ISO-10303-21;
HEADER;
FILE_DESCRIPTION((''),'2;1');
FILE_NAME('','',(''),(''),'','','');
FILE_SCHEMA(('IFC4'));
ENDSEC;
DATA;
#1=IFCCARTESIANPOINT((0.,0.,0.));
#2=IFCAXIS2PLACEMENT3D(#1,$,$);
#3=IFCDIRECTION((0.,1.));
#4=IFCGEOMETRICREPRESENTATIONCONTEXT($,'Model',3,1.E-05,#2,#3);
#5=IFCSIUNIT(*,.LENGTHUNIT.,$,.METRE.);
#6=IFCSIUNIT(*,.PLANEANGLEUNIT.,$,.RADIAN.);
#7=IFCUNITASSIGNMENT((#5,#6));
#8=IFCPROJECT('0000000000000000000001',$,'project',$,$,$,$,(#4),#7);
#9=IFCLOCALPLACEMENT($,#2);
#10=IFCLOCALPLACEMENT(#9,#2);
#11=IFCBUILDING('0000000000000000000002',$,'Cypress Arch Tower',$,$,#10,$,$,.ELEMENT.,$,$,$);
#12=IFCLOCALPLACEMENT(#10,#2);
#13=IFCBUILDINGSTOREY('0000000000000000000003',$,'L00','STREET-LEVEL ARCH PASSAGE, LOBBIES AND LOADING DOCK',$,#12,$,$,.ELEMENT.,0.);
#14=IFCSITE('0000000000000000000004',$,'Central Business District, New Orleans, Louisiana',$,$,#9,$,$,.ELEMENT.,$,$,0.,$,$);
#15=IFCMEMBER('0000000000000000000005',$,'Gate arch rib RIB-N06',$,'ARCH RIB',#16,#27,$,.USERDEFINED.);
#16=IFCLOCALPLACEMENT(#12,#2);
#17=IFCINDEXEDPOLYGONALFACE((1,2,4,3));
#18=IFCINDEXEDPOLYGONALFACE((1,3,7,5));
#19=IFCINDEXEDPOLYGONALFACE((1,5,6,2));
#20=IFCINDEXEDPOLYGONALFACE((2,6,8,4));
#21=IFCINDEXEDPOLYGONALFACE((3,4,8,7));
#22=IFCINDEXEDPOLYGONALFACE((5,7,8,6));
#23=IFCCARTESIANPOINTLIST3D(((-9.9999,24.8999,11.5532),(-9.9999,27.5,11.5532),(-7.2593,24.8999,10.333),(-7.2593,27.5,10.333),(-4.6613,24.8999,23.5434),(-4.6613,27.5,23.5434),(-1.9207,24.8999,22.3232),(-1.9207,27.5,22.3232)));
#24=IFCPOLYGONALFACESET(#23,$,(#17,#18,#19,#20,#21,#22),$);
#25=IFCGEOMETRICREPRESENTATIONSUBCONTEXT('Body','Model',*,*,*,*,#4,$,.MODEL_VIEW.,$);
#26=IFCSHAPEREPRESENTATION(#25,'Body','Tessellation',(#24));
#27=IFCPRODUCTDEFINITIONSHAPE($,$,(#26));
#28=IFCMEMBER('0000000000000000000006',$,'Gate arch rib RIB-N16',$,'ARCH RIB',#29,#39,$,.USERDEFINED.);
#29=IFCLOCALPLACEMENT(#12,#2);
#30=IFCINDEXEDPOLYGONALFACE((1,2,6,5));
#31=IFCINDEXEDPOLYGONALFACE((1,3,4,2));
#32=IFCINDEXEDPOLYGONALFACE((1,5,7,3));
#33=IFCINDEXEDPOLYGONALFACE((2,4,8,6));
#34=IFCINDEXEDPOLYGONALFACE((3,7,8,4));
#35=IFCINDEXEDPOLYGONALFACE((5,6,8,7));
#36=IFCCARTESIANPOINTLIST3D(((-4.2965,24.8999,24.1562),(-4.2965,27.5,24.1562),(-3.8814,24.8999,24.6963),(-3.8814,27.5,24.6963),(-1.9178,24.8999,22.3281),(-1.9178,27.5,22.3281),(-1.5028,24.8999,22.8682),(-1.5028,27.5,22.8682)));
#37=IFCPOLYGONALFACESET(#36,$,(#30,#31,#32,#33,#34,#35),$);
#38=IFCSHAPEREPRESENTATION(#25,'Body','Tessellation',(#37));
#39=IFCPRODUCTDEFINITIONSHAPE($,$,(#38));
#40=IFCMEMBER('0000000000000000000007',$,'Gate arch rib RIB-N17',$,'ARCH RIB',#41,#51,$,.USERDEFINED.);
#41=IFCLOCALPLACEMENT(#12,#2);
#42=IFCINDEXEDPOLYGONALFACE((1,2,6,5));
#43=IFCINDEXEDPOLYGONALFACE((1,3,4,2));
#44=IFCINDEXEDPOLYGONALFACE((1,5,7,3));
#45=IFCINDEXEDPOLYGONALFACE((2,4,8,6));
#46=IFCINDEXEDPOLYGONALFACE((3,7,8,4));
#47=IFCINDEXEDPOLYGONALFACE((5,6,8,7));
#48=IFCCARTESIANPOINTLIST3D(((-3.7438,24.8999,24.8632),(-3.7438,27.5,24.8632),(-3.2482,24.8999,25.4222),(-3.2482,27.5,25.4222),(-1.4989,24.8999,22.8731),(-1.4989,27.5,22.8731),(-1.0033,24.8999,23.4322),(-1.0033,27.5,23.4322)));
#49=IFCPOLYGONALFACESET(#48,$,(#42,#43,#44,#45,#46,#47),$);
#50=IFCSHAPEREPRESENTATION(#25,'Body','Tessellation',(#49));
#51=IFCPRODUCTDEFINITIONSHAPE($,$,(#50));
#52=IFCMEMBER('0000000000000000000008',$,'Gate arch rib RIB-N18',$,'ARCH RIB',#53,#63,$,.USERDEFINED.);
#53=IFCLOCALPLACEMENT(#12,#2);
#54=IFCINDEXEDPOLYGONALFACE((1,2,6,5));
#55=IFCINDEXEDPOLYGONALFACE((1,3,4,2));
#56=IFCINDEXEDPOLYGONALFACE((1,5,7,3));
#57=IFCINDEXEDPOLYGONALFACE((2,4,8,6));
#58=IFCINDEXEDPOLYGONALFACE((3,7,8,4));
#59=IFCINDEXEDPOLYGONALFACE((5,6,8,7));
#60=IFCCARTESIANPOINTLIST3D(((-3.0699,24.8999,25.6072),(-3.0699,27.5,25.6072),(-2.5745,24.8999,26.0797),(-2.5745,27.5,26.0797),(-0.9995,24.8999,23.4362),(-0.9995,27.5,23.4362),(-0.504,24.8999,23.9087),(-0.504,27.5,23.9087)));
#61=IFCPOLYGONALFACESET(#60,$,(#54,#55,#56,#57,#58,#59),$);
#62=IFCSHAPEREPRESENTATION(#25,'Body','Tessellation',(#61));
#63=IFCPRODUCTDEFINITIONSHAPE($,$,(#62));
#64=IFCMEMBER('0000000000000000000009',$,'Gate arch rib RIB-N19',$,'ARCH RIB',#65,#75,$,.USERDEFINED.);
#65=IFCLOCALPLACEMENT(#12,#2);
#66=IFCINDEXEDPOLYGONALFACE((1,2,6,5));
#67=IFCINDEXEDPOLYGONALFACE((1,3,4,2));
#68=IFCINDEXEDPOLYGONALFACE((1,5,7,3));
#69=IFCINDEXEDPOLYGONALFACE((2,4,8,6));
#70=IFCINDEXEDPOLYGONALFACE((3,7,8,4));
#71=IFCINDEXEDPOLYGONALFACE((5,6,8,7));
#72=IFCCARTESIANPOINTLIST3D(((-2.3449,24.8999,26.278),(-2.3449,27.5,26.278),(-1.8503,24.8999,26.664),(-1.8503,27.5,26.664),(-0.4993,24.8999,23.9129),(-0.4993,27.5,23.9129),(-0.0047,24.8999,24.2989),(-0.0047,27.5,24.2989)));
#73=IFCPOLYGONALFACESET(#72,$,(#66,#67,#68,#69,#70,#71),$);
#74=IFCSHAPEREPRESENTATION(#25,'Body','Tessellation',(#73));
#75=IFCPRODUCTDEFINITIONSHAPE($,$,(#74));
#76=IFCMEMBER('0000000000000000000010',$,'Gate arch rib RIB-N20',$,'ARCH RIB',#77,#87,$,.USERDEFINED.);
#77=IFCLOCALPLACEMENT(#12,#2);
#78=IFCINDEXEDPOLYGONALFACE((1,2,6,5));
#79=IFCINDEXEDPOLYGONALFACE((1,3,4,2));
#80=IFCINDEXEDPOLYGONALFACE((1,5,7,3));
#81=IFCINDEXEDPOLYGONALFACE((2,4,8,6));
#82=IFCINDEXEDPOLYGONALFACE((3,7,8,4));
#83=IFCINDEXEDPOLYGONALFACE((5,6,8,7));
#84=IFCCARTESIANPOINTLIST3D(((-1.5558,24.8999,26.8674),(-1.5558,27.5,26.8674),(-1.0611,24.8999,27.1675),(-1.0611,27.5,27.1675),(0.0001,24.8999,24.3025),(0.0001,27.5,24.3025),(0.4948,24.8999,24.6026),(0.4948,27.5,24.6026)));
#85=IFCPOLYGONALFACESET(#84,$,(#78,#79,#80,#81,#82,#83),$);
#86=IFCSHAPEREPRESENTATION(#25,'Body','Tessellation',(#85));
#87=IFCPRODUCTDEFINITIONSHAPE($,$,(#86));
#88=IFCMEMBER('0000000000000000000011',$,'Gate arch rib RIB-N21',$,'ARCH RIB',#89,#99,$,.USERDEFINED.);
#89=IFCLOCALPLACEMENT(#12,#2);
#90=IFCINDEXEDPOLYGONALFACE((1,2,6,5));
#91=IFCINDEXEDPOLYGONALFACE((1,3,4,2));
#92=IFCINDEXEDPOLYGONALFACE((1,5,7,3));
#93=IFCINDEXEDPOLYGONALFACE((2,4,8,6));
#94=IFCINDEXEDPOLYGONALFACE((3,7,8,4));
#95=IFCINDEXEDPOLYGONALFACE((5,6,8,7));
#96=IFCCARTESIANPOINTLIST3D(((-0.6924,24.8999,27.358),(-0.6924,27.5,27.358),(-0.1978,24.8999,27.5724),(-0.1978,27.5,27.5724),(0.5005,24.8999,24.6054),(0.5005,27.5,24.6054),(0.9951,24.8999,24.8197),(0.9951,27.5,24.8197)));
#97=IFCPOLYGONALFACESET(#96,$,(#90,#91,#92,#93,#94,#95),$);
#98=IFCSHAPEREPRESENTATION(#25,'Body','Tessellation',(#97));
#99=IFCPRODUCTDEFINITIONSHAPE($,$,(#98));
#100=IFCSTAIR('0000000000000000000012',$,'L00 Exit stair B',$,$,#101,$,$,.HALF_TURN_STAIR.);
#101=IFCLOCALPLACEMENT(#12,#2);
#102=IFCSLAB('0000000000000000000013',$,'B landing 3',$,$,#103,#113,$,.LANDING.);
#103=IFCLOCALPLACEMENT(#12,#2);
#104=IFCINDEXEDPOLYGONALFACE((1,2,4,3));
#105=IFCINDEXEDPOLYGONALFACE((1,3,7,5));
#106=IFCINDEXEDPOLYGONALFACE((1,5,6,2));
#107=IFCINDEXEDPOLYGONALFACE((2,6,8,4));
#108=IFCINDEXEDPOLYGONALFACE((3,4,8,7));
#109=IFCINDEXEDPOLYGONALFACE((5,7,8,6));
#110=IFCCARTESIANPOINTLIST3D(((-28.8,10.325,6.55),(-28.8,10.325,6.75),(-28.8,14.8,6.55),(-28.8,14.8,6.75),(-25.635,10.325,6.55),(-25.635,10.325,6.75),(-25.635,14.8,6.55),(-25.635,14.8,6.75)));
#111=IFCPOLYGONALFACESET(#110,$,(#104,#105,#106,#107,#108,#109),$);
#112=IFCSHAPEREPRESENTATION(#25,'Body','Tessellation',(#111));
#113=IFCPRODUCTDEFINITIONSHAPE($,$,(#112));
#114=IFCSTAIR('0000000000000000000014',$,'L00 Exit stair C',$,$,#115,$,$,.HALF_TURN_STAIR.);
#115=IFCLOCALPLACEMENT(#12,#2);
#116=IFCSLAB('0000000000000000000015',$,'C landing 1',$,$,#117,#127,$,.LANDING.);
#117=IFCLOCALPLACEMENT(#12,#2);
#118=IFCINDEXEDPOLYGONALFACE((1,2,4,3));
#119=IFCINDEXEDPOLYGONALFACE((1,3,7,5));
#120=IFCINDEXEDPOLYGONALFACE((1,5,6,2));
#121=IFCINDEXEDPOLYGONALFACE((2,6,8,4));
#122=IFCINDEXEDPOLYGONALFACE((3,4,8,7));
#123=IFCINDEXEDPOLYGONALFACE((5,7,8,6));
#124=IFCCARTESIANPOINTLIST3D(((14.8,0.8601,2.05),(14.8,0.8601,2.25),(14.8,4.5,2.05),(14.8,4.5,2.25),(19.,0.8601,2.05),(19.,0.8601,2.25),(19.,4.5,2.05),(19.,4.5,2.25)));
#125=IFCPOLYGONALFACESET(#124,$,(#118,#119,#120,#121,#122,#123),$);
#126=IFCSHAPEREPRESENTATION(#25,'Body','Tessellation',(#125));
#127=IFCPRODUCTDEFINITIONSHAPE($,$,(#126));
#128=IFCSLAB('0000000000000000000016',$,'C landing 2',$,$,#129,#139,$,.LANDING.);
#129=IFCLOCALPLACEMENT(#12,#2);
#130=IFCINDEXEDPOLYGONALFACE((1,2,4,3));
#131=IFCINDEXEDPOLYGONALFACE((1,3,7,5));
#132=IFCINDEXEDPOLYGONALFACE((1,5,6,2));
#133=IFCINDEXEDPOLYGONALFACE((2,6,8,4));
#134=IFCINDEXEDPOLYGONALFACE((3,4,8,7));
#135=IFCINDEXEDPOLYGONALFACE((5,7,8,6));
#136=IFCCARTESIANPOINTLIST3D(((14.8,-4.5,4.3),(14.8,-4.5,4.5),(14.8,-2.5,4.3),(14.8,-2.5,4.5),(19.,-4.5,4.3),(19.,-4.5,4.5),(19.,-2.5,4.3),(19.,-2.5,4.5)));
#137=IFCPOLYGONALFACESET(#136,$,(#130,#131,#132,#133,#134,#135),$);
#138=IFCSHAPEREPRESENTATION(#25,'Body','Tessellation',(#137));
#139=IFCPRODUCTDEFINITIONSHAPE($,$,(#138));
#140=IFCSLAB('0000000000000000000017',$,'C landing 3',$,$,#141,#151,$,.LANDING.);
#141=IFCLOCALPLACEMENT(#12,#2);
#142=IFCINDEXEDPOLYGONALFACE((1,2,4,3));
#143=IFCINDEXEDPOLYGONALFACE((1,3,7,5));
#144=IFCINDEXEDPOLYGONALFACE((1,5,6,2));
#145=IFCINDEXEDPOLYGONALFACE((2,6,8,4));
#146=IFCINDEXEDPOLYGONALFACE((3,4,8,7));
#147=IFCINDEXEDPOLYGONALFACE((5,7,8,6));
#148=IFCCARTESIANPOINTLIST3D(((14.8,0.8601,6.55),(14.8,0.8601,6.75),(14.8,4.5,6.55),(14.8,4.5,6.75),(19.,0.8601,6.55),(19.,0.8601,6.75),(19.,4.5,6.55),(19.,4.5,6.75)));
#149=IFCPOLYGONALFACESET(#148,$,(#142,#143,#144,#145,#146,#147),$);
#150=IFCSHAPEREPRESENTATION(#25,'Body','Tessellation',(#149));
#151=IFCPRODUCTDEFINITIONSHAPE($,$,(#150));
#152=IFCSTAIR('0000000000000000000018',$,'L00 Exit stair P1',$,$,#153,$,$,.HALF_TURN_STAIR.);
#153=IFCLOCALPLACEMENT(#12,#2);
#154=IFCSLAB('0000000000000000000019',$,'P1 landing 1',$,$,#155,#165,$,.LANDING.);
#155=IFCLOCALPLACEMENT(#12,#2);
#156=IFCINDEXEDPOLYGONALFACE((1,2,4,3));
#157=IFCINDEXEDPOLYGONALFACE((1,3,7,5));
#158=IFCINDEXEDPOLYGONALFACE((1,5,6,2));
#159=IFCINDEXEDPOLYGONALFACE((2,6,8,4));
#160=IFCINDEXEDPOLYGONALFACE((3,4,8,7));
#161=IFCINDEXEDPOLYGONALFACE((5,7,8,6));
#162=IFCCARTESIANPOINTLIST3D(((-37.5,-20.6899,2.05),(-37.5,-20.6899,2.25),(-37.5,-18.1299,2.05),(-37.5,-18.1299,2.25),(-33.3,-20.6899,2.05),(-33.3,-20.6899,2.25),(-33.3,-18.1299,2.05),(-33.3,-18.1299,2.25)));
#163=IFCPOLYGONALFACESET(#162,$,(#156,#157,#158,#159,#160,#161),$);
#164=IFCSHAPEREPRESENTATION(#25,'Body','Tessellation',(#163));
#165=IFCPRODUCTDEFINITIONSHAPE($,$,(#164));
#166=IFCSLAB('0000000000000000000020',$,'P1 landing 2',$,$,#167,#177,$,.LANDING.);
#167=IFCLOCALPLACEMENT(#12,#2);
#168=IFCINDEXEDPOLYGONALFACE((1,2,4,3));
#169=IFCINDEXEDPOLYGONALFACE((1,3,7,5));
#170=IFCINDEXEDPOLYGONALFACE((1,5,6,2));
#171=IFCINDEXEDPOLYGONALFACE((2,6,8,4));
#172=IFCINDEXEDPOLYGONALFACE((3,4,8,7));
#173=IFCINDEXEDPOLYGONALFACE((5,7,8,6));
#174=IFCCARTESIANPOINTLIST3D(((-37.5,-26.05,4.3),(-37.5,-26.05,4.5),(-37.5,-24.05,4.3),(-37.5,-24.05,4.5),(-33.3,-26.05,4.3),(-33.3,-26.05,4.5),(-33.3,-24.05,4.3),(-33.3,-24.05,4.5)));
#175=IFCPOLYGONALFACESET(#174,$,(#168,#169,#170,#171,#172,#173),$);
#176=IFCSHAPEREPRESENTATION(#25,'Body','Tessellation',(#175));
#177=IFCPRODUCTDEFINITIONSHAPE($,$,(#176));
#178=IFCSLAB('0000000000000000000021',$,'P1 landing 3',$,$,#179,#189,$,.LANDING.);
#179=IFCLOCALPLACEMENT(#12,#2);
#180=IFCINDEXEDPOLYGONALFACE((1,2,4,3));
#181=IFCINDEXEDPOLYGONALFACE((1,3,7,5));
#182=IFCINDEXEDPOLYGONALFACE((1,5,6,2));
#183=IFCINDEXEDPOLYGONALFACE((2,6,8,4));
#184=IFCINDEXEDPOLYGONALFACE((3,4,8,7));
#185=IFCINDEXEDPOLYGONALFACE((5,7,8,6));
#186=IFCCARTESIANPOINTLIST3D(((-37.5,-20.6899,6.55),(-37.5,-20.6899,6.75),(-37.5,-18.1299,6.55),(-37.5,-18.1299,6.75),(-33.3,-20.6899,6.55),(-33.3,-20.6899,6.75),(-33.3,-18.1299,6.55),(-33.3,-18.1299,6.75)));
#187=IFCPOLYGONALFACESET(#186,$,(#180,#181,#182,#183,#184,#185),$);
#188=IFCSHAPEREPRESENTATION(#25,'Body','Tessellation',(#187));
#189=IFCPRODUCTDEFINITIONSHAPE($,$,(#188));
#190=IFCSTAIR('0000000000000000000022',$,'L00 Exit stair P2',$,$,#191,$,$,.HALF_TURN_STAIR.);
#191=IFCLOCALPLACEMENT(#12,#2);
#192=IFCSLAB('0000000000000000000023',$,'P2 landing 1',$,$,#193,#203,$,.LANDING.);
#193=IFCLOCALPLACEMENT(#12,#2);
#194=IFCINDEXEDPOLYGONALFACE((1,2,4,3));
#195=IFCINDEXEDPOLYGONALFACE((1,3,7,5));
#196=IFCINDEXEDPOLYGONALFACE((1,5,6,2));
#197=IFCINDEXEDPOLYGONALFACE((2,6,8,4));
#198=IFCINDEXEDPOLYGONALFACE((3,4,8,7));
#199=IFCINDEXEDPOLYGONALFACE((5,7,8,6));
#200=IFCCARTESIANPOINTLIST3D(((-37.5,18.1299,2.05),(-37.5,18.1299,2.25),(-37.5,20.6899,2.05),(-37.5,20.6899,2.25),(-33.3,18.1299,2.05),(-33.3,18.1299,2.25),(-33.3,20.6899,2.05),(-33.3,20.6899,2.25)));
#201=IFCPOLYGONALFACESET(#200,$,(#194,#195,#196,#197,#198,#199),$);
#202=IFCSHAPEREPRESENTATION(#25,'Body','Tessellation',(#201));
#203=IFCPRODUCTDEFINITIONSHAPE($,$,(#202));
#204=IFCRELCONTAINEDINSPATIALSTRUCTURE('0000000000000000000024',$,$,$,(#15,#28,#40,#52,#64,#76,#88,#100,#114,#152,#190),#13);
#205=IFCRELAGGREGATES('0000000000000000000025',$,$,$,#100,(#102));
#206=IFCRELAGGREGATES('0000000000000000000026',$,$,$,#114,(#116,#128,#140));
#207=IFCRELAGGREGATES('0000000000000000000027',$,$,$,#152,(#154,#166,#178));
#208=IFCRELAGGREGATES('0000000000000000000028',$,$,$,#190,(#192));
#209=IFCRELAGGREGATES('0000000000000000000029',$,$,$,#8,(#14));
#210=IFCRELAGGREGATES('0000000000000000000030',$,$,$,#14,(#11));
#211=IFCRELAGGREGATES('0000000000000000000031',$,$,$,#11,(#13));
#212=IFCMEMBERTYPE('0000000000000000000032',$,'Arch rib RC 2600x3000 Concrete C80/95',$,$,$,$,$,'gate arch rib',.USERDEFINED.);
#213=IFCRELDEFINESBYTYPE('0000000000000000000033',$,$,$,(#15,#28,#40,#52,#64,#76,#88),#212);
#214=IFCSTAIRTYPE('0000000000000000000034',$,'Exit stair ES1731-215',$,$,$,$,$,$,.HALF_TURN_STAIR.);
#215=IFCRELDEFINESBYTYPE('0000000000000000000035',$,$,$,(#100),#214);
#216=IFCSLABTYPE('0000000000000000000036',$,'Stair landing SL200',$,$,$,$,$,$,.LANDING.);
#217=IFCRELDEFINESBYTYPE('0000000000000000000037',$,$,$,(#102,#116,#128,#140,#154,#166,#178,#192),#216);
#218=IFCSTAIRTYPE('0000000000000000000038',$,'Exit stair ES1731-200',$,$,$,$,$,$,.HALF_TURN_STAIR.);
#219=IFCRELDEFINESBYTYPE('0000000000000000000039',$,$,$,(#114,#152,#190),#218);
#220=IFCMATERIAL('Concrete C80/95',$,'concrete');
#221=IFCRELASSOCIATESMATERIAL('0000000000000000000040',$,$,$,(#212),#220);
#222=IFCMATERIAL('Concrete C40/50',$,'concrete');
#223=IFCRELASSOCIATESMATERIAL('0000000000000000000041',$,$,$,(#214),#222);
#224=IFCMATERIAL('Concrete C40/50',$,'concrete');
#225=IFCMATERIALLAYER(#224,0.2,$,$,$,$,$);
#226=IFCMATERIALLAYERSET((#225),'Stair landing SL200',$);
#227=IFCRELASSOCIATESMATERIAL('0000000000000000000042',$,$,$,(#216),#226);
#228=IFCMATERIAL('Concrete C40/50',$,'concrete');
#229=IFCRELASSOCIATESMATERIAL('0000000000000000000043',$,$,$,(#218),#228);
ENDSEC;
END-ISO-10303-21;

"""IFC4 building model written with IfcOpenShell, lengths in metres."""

from ifc_helpers import new_model, si_unit, direction, frame, origin, origin_2d, place, context, subcontext, project, spatial, polyline, rectangle, outline, extrude, material, layer, layer_set, material_profile, profile_set, type_object, element, aggregate, save


model = new_model("IFC4")

# Units and contexts
model_context = context("Model", 3, precision=1e-05, world=origin(), true_north=direction((0.0, 1.0)))
body_context = subcontext(model_context, "Body", "Model", "MODEL_VIEW")
ifc_project = project(units=[si_unit("LENGTHUNIT", "METRE"), si_unit("PLANEANGLEUNIT", "RADIAN")], contexts=[model_context])

# Site, building, storey
site_placement = place(None, origin())
site = spatial("IfcSite", under=ifc_project, at=site_placement, Name="Central Business District, New Orleans, Louisiana", CompositionType="ELEMENT", RefElevation=0.0)
building_placement = place(site_placement, origin())
building = spatial("IfcBuilding", under=site, at=building_placement, Name="Cypress Arch Tower", CompositionType="ELEMENT")
storey_placement = place(building_placement, origin())
storey = spatial("IfcBuildingStorey", under=building, at=storey_placement, Name="L00", Description="STREET-LEVEL ARCH PASSAGE, LOBBIES AND LOADING DOCK", CompositionType="ELEMENT", Elevation=0.0)

# Members
ifc_material_1 = material(Name="Concrete C80/95", Category="concrete")
ifc_material_profile = material_profile(ifc_material_1, rectangle(XDim=2.6001, YDim=3.0, at=origin_2d()), Name="RC 2600x3000")
ifc_profile_set = profile_set([ifc_material_profile], Name="Concrete C80/95")
member_type = type_object("IfcMemberType", Name="Arch rib RC 2600x3000 Concrete C80/95", ElementType="gate arch rib", PredefinedType="USERDEFINED", material=ifc_profile_set)
member_1_placement = place(storey_placement, frame((-8.6296, 26.2, 10.9431), z_axis=(0.406751, 0.0, 0.913539), x_axis=(0.0, 1.0, 0.0)))
element("IfcMember", 1, at=member_1_placement, inside=storey, type_object=member_type, Name="Gate arch rib RIB-N06", ObjectType="ARCH RIB", PredefinedType="USERDEFINED", context=body_context, shape_type="SweptSolid", body=[
    extrude(rectangle(XDim=2.6001, YDim=3.0, at=origin_2d()), origin(), (0.0, 0.0, 1.0), 13.125),
])
member_2_placement = place(storey_placement, frame((-3.1072, 26.2, 23.2422), z_axis=(0.609364, 0.0, 0.79289), x_axis=(0.0, 1.0, 0.0)))
element("IfcMember", 2, at=member_2_placement, inside=storey, type_object=member_type, Name="Gate arch rib RIB-N16", ObjectType="ARCH RIB", PredefinedType="USERDEFINED", context=body_context, shape_type="SweptSolid", body=[
    extrude(rectangle(XDim=2.6001, YDim=3.0, at=origin_2d()), origin(), (0.0, 0.0, 1.0), 0.6812),
])
member_3_placement = place(storey_placement, frame((-2.6213, 26.2, 23.8682), z_axis=(0.663349, 0.0, 0.74831), x_axis=(0.0, 1.0, 0.0)))
element("IfcMember", 3, at=member_3_placement, inside=storey, type_object=member_type, Name="Gate arch rib RIB-N17", ObjectType="ARCH RIB", PredefinedType="USERDEFINED", context=body_context, shape_type="SweptSolid", body=[
    extrude(rectangle(XDim=2.6001, YDim=3.0, at=origin_2d()), origin(), (0.0, 0.0, 1.0), 0.7471),
])
member_4_placement = place(storey_placement, frame((-2.0347, 26.2, 24.5217), z_axis=(0.723671, 0.0, 0.690145), x_axis=(0.0, 1.0, 0.0)))
element("IfcMember", 4, at=member_4_placement, inside=storey, type_object=member_type, Name="Gate arch rib RIB-N18", ObjectType="ARCH RIB", PredefinedType="USERDEFINED", context=body_context, shape_type="SweptSolid", body=[
    extrude(rectangle(XDim=2.6001, YDim=3.0, at=origin_2d()), origin(), (0.0, 0.0, 1.0), 0.6846),
])
member_5_placement = place(storey_placement, frame((-1.4221, 26.2, 25.0955), z_axis=(0.788366, 0.0, 0.615206), x_axis=(0.0, 1.0, 0.0)))
element("IfcMember", 5, at=member_5_placement, inside=storey, type_object=member_type, Name="Gate arch rib RIB-N19", ObjectType="ARCH RIB", PredefinedType="USERDEFINED", context=body_context, shape_type="SweptSolid", body=[
    extrude(rectangle(XDim=2.6001, YDim=3.0, at=origin_2d()), origin(), (0.0, 0.0, 1.0), 0.6274),
])
member_6_placement = place(storey_placement, frame((-0.7778, 26.2, 25.585), z_axis=(0.854988, 0.0, 0.518648), x_axis=(0.0, 1.0, 0.0)))
element("IfcMember", 6, at=member_6_placement, inside=storey, type_object=member_type, Name="Gate arch rib RIB-N20", ObjectType="ARCH RIB", PredefinedType="USERDEFINED", context=body_context, shape_type="SweptSolid", body=[
    extrude(rectangle(XDim=2.6001, YDim=3.0, at=origin_2d()), origin(), (0.0, 0.0, 1.0), 0.5786),
])
member_7_placement = place(storey_placement, frame((-0.0959, 26.2, 25.9817), z_axis=(0.917545, 0.0, 0.397633), x_axis=(0.0, 1.0, 0.0)))
element("IfcMember", 7, at=member_7_placement, inside=storey, type_object=member_type, Name="Gate arch rib RIB-N21", ObjectType="ARCH RIB", PredefinedType="USERDEFINED", context=body_context, shape_type="SweptSolid", body=[
    extrude(rectangle(XDim=2.6001, YDim=3.0, at=origin_2d()), origin(), (0.0, 0.0, 1.0), 0.5391),
])

# Stair, slab
ifc_material_2 = material(Name="Concrete C40/50", Category="concrete")
stair_type_1 = type_object("IfcStairType", Name="Exit stair ES1731-215", PredefinedType="HALF_TURN_STAIR", material=ifc_material_2)
stair_1_placement = place(storey_placement, origin())
stair_1 = element("IfcStair", 8, at=stair_1_placement, inside=storey, type_object=stair_type_1, Name="L00 Exit stair B", PredefinedType="HALF_TURN_STAIR")
ifc_material_3 = material(Name="Concrete C40/50", Category="concrete")
ifc_layer = layer(ifc_material_3, 0.2)
ifc_layer_set = layer_set([ifc_layer], Name="Stair landing SL200")
slab_type = type_object("IfcSlabType", Name="Stair landing SL200", PredefinedType="LANDING", material=ifc_layer_set)
slab_1_placement = place(storey_placement, frame((0.0, 0.0, 6.55)))
slab_1 = element("IfcSlab", 9, at=slab_1_placement, type_object=slab_type, Name="B landing 3", PredefinedType="LANDING", context=body_context, shape_type="SweptSolid", body=[
    extrude(outline(polyline([(-25.635, 14.8), (-28.8, 14.8), (-28.8, 10.325), (-25.635, 10.325), (-25.635, 14.8)])), origin(), (0.0, 0.0, 1.0), 0.2),
])
aggregate(stair_1, [slab_1])

# Stairs, slabs
ifc_material_4 = material(Name="Concrete C40/50", Category="concrete")
stair_type_2 = type_object("IfcStairType", Name="Exit stair ES1731-200", PredefinedType="HALF_TURN_STAIR", material=ifc_material_4)
stair_2_placement = place(storey_placement, origin())
stair_2 = element("IfcStair", 10, at=stair_2_placement, inside=storey, type_object=stair_type_2, Name="L00 Exit stair C", PredefinedType="HALF_TURN_STAIR")
slab_2_placement = place(storey_placement, frame((0.0, 0.0, 2.05)))
slab_2 = element("IfcSlab", 11, at=slab_2_placement, type_object=slab_type, Name="C landing 1", PredefinedType="LANDING", context=body_context, shape_type="SweptSolid", body=[
    extrude(outline(polyline([(19.0, 0.8601), (19.0, 4.5), (14.8, 4.5), (14.8, 0.8601), (19.0, 0.8601)])), origin(), (0.0, 0.0, 1.0), 0.2),
])
slab_3_placement = place(storey_placement, frame((0.0, 0.0, 4.3)))
slab_3 = element("IfcSlab", 12, at=slab_3_placement, type_object=slab_type, Name="C landing 2", PredefinedType="LANDING", context=body_context, shape_type="SweptSolid", body=[
    extrude(outline(polyline([(19.0, -4.5), (19.0, -2.5), (14.8, -2.5), (14.8, -4.5), (19.0, -4.5)])), origin(), (0.0, 0.0, 1.0), 0.2),
])
slab_4_placement = place(storey_placement, frame((0.0, 0.0, 6.55)))
slab_4 = element("IfcSlab", 13, at=slab_4_placement, type_object=slab_type, Name="C landing 3", PredefinedType="LANDING", context=body_context, shape_type="SweptSolid", body=[
    extrude(outline(polyline([(19.0, 0.8601), (19.0, 4.5), (14.8, 4.5), (14.8, 0.8601), (19.0, 0.8601)])), origin(), (0.0, 0.0, 1.0), 0.2),
])
aggregate(stair_2, [slab_2, slab_3, slab_4])
stair_3_placement = place(storey_placement, origin())
stair_3 = element("IfcStair", 14, at=stair_3_placement, inside=storey, type_object=stair_type_2, Name="L00 Exit stair P1", PredefinedType="HALF_TURN_STAIR")
slab_5_placement = place(storey_placement, frame((0.0, 0.0, 2.05)))
slab_5 = element("IfcSlab", 15, at=slab_5_placement, type_object=slab_type, Name="P1 landing 1", PredefinedType="LANDING", context=body_context, shape_type="SweptSolid", body=[
    extrude(outline(polyline([(-33.3, -20.6899), (-33.3, -18.1299), (-37.5, -18.1299), (-37.5, -20.6899), (-33.3, -20.6899)])), origin(), (0.0, 0.0, 1.0), 0.2),
])
slab_6_placement = place(storey_placement, frame((0.0, 0.0, 4.3)))
slab_6 = element("IfcSlab", 16, at=slab_6_placement, type_object=slab_type, Name="P1 landing 2", PredefinedType="LANDING", context=body_context, shape_type="SweptSolid", body=[
    extrude(outline(polyline([(-33.3, -26.05), (-33.3, -24.05), (-37.5, -24.05), (-37.5, -26.05), (-33.3, -26.05)])), origin(), (0.0, 0.0, 1.0), 0.2),
])
slab_7_placement = place(storey_placement, frame((0.0, 0.0, 6.55)))
slab_7 = element("IfcSlab", 17, at=slab_7_placement, type_object=slab_type, Name="P1 landing 3", PredefinedType="LANDING", context=body_context, shape_type="SweptSolid", body=[
    extrude(outline(polyline([(-33.3, -20.6899), (-33.3, -18.1299), (-37.5, -18.1299), (-37.5, -20.6899), (-33.3, -20.6899)])), origin(), (0.0, 0.0, 1.0), 0.2),
])
aggregate(stair_3, [slab_5, slab_6, slab_7])
stair_4_placement = place(storey_placement, origin())
stair_4 = element("IfcStair", 18, at=stair_4_placement, inside=storey, type_object=stair_type_2, Name="L00 Exit stair P2", PredefinedType="HALF_TURN_STAIR")
slab_8_placement = place(storey_placement, frame((0.0, 0.0, 2.05)))
slab_8 = element("IfcSlab", 19, at=slab_8_placement, type_object=slab_type, Name="P2 landing 1", PredefinedType="LANDING", context=body_context, shape_type="SweptSolid", body=[
    extrude(outline(polyline([(-37.5, 20.6899), (-37.5, 18.1299), (-33.3, 18.1299), (-33.3, 20.6899), (-37.5, 20.6899)])), origin(), (0.0, 0.0, 1.0), 0.2),
])
aggregate(stair_4, [slab_8])

save(model, "model.ifc")
